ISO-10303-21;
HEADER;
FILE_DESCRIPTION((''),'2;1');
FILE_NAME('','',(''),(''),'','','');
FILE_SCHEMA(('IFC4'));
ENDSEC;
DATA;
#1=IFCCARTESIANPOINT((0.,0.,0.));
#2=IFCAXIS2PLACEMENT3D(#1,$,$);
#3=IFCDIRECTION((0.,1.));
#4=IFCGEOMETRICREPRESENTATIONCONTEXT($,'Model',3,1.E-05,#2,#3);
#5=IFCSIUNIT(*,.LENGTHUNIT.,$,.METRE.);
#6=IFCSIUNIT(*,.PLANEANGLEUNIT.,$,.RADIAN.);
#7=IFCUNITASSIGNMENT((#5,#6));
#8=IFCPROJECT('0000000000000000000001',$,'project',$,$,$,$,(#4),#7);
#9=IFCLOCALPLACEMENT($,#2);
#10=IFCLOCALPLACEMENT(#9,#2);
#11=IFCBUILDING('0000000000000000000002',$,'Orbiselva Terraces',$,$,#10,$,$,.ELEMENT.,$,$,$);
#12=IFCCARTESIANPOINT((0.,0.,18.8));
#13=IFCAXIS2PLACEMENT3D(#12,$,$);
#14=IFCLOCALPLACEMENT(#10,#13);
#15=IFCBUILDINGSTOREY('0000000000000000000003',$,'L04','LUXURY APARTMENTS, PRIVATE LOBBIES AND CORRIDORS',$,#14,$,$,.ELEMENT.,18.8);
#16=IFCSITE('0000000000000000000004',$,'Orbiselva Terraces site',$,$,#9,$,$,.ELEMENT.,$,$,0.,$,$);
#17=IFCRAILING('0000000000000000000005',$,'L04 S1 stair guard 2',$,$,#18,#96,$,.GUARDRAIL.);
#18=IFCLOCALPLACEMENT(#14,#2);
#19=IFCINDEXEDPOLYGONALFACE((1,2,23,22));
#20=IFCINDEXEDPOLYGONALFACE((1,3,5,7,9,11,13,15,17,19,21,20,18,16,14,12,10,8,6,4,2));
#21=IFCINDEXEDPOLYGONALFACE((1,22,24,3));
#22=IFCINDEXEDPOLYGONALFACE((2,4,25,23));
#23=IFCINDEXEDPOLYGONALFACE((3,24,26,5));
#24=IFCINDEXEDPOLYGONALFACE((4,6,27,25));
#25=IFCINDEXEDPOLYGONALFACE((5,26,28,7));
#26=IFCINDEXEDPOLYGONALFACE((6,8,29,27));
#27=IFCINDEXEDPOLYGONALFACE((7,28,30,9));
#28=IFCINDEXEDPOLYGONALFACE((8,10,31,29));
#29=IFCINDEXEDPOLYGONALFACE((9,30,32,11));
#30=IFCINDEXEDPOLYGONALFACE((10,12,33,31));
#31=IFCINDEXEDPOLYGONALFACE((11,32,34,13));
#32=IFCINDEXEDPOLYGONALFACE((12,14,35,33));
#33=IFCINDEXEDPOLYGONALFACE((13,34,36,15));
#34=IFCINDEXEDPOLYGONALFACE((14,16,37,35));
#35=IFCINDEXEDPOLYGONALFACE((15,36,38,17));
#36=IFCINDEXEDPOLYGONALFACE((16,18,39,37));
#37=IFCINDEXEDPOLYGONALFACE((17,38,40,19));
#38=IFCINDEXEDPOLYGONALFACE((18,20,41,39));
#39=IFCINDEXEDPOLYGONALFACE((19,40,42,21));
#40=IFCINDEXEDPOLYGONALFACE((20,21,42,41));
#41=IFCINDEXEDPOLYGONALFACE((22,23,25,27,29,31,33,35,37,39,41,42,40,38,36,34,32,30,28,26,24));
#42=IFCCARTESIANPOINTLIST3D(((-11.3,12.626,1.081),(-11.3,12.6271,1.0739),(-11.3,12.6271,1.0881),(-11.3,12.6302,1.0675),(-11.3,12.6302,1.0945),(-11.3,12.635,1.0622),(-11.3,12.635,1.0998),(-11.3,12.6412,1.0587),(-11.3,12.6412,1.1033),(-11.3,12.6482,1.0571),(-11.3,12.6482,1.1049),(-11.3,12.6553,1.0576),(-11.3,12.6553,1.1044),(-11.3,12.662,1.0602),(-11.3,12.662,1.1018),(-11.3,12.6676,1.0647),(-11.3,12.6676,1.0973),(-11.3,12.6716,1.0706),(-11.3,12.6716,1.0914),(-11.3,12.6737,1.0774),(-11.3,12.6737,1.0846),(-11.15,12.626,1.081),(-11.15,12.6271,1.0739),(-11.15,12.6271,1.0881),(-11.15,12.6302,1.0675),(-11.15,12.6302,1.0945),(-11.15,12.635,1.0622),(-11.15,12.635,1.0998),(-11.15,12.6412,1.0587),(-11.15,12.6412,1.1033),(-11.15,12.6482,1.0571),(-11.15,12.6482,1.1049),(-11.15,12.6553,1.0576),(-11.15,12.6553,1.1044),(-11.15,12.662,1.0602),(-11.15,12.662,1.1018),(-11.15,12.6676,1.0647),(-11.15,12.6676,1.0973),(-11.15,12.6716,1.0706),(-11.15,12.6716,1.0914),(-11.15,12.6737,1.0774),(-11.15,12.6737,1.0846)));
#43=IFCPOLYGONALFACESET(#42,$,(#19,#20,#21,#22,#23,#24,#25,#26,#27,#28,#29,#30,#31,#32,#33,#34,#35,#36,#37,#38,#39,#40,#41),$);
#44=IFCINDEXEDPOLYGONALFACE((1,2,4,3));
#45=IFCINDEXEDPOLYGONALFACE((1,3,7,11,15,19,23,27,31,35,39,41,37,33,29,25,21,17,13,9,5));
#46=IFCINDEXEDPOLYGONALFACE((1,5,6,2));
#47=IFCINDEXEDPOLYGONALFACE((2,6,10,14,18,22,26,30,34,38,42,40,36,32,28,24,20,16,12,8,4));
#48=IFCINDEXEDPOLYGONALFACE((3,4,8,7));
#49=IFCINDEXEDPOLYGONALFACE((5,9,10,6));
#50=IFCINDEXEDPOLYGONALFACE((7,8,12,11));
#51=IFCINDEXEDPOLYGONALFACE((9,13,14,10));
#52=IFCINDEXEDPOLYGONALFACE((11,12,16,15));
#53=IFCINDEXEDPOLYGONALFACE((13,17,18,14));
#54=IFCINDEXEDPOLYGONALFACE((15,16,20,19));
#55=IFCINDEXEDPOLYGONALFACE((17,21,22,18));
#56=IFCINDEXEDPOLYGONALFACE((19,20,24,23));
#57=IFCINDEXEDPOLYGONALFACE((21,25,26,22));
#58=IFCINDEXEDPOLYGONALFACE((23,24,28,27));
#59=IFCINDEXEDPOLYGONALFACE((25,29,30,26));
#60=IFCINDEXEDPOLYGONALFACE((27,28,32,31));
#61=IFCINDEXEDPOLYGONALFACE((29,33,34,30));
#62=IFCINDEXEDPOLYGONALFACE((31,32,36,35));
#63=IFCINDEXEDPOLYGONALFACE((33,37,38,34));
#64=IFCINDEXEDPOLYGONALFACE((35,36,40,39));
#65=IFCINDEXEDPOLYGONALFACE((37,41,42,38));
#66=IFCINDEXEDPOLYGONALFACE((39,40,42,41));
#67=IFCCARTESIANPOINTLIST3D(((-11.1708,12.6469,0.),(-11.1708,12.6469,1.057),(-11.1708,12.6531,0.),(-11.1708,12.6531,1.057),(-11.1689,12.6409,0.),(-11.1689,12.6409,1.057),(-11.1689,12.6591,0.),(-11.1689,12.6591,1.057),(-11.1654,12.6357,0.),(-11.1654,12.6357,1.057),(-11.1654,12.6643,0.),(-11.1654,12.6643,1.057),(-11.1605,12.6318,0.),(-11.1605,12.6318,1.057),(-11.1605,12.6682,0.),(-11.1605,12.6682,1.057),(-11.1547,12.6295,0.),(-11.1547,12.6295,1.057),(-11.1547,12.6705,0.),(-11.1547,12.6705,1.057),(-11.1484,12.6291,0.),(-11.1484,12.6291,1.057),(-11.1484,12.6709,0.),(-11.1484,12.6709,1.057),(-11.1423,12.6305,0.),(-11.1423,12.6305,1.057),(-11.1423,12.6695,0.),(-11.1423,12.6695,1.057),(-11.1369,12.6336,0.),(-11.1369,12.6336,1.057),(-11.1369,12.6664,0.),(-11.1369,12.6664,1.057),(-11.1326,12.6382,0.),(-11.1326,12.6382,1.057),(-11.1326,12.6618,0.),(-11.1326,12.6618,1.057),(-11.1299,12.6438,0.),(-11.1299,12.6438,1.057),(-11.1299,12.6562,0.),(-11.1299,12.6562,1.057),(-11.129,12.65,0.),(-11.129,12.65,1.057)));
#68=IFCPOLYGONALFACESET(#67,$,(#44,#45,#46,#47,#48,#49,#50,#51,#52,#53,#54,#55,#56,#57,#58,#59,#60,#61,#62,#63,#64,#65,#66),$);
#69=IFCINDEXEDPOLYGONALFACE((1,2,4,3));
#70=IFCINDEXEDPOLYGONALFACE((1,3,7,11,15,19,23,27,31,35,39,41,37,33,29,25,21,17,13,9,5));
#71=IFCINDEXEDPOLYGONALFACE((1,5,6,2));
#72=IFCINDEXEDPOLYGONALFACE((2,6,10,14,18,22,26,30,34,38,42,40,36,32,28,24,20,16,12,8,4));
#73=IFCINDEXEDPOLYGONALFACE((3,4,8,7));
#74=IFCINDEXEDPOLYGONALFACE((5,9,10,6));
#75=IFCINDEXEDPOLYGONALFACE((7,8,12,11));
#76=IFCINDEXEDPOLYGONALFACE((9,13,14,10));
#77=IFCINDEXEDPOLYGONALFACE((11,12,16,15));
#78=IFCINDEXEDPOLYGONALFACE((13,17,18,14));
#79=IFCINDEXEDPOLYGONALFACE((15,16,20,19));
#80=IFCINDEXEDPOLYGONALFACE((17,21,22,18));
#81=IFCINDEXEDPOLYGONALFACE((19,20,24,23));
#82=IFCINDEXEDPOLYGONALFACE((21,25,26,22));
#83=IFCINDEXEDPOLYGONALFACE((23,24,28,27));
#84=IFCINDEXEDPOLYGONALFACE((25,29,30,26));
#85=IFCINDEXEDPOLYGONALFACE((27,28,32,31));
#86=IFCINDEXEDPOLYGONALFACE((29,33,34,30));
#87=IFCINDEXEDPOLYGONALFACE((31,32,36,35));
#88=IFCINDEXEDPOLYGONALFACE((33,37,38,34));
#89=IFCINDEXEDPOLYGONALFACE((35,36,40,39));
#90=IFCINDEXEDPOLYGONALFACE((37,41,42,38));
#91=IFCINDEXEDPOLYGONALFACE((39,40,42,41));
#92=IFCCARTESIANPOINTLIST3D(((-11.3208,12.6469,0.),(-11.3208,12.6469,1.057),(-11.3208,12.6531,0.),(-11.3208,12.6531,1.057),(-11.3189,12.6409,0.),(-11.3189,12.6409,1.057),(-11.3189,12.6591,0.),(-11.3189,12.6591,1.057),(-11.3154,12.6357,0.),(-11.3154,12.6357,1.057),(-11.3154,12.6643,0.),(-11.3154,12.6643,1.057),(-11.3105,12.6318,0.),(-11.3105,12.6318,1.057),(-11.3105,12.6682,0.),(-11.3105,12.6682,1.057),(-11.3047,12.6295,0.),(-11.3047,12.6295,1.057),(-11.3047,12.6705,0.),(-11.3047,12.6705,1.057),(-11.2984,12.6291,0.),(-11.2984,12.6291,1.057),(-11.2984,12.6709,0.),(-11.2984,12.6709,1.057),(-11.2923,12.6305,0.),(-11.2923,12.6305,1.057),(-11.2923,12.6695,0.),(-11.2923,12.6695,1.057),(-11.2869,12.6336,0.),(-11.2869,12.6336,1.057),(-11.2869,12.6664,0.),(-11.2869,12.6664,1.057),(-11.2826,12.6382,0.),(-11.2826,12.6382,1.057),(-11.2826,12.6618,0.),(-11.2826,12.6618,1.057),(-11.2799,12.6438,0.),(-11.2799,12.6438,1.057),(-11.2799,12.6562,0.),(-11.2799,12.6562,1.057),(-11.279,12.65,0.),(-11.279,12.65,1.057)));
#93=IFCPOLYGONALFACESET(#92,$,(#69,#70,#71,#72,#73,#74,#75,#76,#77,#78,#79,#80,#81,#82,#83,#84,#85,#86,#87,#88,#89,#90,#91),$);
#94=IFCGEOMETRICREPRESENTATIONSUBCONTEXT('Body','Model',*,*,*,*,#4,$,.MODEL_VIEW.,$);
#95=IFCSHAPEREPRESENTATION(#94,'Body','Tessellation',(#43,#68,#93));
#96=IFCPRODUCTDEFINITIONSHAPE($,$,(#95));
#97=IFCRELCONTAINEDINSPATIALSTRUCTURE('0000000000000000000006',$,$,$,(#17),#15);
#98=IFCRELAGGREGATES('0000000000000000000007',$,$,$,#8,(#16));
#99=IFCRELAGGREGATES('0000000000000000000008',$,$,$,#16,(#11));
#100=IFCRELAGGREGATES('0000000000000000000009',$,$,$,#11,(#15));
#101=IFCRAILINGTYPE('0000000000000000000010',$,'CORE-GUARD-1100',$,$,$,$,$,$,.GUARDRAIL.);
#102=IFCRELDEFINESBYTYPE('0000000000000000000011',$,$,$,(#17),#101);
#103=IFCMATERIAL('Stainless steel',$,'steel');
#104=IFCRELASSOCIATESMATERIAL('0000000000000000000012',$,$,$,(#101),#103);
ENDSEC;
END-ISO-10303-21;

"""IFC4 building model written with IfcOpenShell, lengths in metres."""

from ifc_helpers import new_model, si_unit, direction, frame, origin, origin_2d, place, context, subcontext, project, spatial, circle, extrude, material, type_object, element, save


model = new_model("IFC4")

# Units and contexts
model_context = context("Model", 3, precision=1e-05, world=origin(), true_north=direction((0.0, 1.0)))
body_context = subcontext(model_context, "Body", "Model", "MODEL_VIEW")
ifc_project = project(units=[si_unit("LENGTHUNIT", "METRE"), si_unit("PLANEANGLEUNIT", "RADIAN")], contexts=[model_context])

# Site, building, storey
site_placement = place(None, origin())
site = spatial("IfcSite", under=ifc_project, at=site_placement, Name="Orbiselva Terraces site", CompositionType="ELEMENT", RefElevation=0.0)
building_placement = place(site_placement, origin())
building = spatial("IfcBuilding", under=site, at=building_placement, Name="Orbiselva Terraces", CompositionType="ELEMENT")
storey_placement = place(building_placement, frame((0.0, 0.0, 18.8)))
storey = spatial("IfcBuildingStorey", under=building, at=storey_placement, Name="L04", Description="LUXURY APARTMENTS, PRIVATE LOBBIES AND CORRIDORS", CompositionType="ELEMENT", Elevation=18.8)

# Railing
ifc_material_1 = material(Name="Stainless steel", Category="steel")
railing_type_1 = type_object("IfcRailingType", Name="CORE-GUARD-1100", PredefinedType="GUARDRAIL", material=ifc_material_1)
railing_1_placement = place(storey_placement, frame((-11.15, 12.65, 0.0)))
element("IfcRailing", 1, at=railing_1_placement, inside=storey, type_object=railing_type_1, Name="L04 S1 stair guard 2", PredefinedType="GUARDRAIL", context=body_context, shape_type="SweptSolid", body=[
    extrude(circle(Radius=0.024, at=origin_2d()), frame((0.0, 0.0, 1.081), z_axis=(-1.0, 0.0, 0.0), x_axis=(0.0, -1.0, 0.0)), (0.0, 0.0, 1.0), 0.15),
    extrude(circle(Radius=0.021, at=origin_2d()), origin(), (0.0, 0.0, 1.0), 1.057),
    extrude(circle(Radius=0.021, at=origin_2d()), frame((-0.15, 0.0, 0.0)), (0.0, 0.0, 1.0), 1.057),
])

save(model, "model.ifc")
